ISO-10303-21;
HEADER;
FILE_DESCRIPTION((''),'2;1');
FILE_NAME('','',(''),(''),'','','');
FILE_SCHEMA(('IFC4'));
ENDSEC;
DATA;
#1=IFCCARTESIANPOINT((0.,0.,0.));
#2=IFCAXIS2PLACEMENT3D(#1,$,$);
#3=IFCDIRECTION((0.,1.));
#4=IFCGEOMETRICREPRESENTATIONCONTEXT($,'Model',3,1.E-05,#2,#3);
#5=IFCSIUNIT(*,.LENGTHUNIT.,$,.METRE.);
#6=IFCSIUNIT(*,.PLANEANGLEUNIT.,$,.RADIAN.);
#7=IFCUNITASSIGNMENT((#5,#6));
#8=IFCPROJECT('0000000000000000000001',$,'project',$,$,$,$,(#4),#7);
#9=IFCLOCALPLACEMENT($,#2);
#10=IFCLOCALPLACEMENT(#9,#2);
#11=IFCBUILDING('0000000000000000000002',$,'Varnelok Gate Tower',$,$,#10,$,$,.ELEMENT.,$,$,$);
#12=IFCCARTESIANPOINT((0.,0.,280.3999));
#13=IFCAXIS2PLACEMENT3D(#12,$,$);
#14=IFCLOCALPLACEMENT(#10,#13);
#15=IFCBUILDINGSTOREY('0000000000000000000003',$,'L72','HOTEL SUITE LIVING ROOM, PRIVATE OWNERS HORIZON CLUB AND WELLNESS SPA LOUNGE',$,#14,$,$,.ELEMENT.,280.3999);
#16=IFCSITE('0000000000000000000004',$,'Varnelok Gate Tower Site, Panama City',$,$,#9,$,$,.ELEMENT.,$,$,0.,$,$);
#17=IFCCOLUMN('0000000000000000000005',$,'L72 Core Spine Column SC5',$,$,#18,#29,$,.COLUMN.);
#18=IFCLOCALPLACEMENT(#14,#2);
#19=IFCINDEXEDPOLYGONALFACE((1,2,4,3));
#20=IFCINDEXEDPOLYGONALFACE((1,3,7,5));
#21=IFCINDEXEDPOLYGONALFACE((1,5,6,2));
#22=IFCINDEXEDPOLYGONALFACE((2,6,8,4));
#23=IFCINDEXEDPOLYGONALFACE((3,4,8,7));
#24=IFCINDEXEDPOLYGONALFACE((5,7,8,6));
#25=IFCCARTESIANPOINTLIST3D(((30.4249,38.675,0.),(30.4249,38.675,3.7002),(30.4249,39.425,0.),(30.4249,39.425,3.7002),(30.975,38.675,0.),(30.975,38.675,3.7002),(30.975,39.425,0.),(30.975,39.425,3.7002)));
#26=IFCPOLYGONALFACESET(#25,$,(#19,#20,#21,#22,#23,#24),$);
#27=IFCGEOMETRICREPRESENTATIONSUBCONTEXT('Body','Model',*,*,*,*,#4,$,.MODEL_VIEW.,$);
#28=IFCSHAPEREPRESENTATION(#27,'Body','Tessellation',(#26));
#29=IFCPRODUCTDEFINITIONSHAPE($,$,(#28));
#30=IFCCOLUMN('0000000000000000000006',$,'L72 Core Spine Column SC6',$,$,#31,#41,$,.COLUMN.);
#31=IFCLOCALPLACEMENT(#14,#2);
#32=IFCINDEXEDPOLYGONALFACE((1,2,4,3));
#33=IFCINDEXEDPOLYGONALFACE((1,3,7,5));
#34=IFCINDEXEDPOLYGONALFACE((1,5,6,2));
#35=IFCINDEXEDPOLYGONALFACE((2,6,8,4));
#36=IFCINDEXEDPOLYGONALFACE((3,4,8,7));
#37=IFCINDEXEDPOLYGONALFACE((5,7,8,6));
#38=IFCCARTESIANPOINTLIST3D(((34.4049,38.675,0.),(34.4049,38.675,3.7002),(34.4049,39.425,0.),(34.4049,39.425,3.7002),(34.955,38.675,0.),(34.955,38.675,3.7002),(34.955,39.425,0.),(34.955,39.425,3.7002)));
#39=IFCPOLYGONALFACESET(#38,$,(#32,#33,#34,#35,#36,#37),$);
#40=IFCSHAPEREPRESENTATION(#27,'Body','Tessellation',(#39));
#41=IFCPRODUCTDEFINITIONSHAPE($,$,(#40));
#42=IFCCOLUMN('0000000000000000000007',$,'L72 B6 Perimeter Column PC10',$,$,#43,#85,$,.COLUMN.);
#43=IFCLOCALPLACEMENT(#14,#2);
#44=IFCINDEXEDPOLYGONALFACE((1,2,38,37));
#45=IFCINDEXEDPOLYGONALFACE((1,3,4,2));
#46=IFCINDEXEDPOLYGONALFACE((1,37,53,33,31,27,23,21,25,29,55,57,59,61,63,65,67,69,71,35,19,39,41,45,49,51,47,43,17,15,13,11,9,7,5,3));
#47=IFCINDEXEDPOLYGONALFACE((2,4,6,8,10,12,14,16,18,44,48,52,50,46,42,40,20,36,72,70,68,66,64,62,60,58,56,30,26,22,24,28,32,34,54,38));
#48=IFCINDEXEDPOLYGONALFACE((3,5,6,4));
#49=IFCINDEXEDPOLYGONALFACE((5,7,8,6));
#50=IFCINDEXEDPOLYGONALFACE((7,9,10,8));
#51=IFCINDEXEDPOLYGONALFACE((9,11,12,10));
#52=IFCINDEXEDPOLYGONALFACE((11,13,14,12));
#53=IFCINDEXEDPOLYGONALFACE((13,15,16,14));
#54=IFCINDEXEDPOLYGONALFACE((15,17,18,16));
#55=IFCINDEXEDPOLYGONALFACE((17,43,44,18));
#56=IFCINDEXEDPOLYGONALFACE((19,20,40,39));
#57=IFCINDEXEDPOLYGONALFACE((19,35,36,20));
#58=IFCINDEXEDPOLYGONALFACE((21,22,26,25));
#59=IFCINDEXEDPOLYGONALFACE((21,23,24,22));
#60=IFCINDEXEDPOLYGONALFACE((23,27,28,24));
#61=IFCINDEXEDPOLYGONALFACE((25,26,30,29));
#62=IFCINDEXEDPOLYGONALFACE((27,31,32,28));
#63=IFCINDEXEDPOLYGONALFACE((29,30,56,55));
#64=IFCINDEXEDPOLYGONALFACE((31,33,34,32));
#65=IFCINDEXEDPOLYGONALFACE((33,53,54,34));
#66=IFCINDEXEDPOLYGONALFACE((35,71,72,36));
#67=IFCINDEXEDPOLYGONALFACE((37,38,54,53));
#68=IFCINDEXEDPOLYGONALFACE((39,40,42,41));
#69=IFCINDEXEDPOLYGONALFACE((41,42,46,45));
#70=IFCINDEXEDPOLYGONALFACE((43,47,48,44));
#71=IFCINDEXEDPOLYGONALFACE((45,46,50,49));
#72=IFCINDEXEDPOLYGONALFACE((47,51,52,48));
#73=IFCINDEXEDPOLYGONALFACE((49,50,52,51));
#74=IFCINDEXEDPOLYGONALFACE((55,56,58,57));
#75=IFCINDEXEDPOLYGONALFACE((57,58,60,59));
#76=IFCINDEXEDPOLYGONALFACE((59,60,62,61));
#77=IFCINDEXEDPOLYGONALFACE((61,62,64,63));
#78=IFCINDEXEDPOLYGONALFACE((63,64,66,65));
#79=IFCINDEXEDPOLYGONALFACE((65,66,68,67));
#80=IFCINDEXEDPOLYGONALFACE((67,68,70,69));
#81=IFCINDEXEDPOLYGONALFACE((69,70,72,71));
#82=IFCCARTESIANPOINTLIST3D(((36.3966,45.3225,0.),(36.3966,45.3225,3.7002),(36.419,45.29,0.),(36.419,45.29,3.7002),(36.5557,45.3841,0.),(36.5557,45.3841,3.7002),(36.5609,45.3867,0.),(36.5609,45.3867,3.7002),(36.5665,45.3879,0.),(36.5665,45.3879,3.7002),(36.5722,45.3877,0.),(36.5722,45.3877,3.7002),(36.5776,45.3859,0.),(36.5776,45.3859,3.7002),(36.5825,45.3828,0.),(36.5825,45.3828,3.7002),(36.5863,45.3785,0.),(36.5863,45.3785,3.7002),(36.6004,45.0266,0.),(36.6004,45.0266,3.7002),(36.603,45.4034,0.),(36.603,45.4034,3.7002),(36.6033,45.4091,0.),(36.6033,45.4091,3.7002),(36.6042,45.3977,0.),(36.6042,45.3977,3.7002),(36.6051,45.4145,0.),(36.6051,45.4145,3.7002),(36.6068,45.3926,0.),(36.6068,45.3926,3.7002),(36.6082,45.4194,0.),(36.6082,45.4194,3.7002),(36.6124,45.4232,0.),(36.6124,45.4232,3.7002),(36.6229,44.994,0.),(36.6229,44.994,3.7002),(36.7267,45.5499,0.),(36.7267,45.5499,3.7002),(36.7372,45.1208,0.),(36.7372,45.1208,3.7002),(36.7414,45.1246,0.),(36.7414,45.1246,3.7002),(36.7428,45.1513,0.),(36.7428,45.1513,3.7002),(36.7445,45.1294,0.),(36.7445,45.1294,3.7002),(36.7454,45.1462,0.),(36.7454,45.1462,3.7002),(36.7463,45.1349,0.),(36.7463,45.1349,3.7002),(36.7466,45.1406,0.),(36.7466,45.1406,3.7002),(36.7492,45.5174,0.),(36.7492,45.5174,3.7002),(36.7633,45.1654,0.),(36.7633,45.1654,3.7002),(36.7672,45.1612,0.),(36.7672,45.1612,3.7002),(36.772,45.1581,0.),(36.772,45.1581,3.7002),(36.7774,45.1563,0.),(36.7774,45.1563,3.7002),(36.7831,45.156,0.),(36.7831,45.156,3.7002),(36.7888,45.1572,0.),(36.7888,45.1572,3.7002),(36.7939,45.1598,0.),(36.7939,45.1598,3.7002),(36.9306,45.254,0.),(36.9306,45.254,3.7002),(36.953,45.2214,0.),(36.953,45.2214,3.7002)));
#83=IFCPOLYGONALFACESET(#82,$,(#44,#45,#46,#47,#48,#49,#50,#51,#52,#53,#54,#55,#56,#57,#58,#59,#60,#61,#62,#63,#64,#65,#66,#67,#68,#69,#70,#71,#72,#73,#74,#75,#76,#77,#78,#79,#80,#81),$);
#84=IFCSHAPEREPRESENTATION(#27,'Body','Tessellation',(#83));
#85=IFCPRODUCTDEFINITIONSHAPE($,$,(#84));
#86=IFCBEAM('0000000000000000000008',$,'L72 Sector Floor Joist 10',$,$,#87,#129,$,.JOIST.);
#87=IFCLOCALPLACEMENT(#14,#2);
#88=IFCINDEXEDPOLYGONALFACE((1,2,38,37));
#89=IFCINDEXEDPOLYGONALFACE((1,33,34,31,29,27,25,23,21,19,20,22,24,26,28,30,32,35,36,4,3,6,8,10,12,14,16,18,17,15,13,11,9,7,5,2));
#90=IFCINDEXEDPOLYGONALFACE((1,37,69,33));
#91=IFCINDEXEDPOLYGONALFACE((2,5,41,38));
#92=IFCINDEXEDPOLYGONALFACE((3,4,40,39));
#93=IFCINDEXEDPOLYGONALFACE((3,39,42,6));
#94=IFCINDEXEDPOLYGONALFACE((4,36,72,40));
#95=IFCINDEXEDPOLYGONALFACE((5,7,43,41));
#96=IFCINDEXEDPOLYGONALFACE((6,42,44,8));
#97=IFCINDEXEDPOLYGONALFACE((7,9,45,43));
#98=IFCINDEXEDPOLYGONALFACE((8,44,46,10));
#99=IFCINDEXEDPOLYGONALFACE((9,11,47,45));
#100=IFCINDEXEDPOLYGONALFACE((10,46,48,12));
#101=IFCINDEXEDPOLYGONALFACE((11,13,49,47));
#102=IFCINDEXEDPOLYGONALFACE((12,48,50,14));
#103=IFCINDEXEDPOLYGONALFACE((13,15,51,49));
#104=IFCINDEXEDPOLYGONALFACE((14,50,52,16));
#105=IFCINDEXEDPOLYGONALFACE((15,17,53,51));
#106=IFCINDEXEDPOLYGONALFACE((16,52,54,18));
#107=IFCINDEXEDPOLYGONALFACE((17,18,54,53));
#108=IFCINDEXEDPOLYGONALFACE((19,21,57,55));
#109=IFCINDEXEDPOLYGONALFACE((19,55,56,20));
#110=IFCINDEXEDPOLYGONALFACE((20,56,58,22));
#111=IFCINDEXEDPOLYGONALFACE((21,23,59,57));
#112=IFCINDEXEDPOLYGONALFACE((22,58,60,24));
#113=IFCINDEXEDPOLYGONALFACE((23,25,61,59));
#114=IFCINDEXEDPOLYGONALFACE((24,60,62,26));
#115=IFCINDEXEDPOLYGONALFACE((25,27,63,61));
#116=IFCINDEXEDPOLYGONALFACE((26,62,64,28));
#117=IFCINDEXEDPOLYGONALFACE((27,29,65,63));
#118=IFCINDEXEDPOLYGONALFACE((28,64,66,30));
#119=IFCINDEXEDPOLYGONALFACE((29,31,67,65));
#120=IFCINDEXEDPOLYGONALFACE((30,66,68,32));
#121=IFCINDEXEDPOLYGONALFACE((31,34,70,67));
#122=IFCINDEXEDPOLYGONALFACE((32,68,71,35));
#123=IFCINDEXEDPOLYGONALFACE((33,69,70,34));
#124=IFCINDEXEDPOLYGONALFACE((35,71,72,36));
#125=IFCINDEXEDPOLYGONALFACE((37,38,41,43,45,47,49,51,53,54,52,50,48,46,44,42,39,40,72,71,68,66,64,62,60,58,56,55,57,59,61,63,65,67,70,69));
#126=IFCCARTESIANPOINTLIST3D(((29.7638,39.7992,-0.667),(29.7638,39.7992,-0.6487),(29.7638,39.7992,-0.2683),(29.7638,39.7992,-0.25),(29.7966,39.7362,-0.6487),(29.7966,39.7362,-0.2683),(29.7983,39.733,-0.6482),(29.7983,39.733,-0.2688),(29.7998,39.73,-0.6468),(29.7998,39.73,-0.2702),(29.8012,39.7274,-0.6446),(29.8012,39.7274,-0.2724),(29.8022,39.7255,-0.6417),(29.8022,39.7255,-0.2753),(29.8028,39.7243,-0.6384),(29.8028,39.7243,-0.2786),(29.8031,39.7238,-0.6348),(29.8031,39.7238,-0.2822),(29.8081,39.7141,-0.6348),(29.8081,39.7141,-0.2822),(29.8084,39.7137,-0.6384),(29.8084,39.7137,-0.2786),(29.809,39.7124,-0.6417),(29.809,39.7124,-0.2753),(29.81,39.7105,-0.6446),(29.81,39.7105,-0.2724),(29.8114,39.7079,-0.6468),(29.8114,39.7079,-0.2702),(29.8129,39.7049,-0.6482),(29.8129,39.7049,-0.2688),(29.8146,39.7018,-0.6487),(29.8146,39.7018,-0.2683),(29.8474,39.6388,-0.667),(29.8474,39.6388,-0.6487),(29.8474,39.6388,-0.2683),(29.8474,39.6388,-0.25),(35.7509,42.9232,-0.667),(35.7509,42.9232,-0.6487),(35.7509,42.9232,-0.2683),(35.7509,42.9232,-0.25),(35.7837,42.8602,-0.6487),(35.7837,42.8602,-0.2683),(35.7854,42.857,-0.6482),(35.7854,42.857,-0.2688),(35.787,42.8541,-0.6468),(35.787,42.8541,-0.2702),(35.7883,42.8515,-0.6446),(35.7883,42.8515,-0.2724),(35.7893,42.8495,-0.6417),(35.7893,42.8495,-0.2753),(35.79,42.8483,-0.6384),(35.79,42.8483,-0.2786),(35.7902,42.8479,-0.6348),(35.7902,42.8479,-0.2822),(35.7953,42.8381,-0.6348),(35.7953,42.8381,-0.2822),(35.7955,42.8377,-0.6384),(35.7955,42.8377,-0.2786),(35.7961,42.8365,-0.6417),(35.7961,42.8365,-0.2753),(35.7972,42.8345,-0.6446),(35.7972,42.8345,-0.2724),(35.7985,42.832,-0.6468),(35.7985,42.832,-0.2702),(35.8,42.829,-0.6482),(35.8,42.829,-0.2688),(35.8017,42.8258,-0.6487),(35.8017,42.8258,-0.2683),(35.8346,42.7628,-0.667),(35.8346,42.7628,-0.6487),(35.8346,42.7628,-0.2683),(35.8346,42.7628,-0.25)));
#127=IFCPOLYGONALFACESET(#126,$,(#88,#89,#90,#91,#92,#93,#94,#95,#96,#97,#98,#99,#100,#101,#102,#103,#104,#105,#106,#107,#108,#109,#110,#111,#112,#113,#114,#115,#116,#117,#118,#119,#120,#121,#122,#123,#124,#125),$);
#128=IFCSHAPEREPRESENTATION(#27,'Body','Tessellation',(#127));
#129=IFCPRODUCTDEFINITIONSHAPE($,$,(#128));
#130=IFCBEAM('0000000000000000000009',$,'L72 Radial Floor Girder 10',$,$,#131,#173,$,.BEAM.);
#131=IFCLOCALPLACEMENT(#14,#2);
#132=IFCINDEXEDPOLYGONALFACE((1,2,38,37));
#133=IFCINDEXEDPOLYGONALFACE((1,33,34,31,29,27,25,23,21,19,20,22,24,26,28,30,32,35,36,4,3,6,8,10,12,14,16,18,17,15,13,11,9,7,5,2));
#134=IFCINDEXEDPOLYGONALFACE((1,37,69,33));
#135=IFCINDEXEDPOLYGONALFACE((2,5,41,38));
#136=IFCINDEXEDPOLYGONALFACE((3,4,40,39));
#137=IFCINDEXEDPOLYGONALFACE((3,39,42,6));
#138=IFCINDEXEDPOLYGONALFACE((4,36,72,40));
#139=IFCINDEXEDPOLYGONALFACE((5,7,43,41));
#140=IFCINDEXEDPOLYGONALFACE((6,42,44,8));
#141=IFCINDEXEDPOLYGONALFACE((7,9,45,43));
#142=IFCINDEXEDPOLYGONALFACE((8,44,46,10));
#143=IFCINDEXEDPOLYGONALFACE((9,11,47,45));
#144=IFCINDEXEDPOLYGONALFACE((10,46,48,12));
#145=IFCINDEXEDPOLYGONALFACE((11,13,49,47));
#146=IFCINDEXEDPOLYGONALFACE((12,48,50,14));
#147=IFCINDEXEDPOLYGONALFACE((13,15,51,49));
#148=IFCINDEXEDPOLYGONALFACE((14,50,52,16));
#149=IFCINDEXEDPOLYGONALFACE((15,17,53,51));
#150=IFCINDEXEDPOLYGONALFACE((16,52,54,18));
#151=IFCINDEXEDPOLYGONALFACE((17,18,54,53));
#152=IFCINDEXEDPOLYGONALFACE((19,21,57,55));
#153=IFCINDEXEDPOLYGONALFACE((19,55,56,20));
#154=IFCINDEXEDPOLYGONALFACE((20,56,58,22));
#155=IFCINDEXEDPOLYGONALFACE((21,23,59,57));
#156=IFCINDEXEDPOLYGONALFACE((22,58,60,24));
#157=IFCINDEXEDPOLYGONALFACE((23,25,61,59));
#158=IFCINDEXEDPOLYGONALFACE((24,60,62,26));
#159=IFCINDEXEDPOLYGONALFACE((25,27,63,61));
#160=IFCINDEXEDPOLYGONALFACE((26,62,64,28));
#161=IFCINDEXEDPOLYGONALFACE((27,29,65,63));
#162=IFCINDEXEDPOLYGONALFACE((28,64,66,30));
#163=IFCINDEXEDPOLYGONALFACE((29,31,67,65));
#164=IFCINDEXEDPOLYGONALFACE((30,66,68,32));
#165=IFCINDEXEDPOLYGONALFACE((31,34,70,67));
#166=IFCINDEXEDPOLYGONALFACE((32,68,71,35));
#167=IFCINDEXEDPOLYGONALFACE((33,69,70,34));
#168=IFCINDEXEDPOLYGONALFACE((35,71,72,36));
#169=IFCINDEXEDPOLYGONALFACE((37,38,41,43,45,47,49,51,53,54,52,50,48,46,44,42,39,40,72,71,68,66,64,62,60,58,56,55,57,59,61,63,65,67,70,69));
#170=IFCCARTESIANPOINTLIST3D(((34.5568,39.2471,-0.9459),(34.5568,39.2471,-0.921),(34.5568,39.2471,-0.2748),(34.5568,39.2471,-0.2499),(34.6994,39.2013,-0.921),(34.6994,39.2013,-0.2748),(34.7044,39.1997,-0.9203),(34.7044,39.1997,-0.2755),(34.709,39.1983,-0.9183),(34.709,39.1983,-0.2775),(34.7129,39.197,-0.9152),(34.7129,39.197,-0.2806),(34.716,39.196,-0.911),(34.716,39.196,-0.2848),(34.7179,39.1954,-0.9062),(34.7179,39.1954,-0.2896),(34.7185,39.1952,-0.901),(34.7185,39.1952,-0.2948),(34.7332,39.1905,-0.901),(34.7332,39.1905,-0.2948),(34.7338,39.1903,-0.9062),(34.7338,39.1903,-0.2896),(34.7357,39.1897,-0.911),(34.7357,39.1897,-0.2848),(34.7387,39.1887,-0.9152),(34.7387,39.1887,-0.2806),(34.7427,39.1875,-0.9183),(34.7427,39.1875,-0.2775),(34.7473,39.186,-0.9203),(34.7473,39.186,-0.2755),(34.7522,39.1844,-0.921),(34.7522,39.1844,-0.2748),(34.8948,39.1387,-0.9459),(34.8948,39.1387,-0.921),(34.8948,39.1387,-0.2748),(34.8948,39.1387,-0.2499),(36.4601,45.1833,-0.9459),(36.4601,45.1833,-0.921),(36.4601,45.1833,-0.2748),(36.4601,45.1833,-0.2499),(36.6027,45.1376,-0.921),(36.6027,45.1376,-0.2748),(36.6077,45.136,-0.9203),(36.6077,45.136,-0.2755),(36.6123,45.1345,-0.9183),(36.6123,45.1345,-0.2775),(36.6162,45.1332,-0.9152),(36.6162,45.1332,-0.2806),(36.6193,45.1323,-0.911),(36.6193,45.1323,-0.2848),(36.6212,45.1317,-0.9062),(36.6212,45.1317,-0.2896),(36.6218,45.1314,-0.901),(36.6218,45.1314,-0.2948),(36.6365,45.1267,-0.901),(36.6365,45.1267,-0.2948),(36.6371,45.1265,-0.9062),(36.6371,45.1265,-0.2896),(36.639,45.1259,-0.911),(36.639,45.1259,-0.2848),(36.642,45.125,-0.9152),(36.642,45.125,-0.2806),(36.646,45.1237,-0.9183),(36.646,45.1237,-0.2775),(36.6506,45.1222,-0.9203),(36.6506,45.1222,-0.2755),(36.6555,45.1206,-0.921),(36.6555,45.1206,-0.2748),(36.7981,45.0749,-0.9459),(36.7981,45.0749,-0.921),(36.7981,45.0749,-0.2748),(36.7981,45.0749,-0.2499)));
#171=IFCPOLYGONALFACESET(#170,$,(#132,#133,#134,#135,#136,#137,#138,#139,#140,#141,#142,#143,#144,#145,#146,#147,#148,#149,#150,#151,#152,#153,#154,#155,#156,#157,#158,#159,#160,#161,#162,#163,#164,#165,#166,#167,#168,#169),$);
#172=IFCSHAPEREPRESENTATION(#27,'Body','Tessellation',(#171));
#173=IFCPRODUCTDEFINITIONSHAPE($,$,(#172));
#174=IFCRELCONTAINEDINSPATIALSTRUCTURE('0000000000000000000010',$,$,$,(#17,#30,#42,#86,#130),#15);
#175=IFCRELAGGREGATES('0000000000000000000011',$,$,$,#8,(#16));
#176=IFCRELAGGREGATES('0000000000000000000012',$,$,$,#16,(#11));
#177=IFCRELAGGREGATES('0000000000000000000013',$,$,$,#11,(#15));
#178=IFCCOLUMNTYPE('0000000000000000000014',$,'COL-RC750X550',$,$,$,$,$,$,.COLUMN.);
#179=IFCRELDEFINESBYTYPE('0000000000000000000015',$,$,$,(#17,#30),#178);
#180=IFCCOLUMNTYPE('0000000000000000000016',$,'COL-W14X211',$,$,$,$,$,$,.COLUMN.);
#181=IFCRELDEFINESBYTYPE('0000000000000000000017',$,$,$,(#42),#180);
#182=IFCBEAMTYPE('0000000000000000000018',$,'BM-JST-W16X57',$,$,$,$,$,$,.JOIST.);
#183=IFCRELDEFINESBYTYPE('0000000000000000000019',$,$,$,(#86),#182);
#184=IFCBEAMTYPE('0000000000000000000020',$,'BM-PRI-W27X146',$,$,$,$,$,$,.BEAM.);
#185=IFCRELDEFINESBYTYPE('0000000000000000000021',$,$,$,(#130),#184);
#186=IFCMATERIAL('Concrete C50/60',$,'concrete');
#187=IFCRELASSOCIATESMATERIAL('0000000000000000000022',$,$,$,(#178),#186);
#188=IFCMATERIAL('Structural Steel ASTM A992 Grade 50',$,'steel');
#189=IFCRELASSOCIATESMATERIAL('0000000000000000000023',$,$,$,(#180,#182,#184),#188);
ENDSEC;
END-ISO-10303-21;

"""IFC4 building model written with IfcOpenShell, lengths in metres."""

from ifc_helpers import new_model, si_unit, direction, frame, origin, origin_2d, place, context, subcontext, project, spatial, rectangle, i_section, extrude, material, material_profile, profile_set, type_object, element, save


model = new_model("IFC4")

# Units and contexts
model_context = context("Model", 3, precision=1e-05, world=origin(), true_north=direction((0.0, 1.0)))
body_context = subcontext(model_context, "Body", "Model", "MODEL_VIEW")
ifc_project = project(units=[si_unit("LENGTHUNIT", "METRE"), si_unit("PLANEANGLEUNIT", "RADIAN")], contexts=[model_context])

# Site, building, storey
site_placement = place(None, origin())
site = spatial("IfcSite", under=ifc_project, at=site_placement, Name="Varnelok Gate Tower Site, Panama City", CompositionType="ELEMENT", RefElevation=0.0)
building_placement = place(site_placement, origin())
building = spatial("IfcBuilding", under=site, at=building_placement, Name="Varnelok Gate Tower", CompositionType="ELEMENT")
storey_placement = place(building_placement, frame((0.0, 0.0, 280.3999)))
storey = spatial("IfcBuildingStorey", under=building, at=storey_placement, Name="L72", Description="HOTEL SUITE LIVING ROOM, PRIVATE OWNERS HORIZON CLUB AND WELLNESS SPA LOUNGE", CompositionType="ELEMENT", Elevation=280.3999)

# Columns
ifc_material_1 = material(Name="Concrete C50/60", Category="concrete")
ifc_material_profile_1 = material_profile(ifc_material_1, rectangle(XDim=0.55, YDim=0.75, at=origin_2d()), Name="RC750X550")
ifc_profile_set_1 = profile_set([ifc_material_profile_1], Name="Concrete C50/60")
column_type_1 = type_object("IfcColumnType", Name="COL-RC750X550", PredefinedType="COLUMN", material=ifc_profile_set_1)
for number, where, z_axis, x_axis, name in (
    (1, (30.7, 39.05, 0.0), (0.0, 0.0, 1.0), (1.0, 0.0, 0.0), "L72 Core Spine Column SC5"),
    (2, (34.6799, 39.05, 0.0), (0.0, 0.0, 1.0), (1.0, 0.0, 0.0), "L72 Core Spine Column SC6"),
):
    element("IfcColumn", number, at=place(storey_placement, frame(where, z_axis=z_axis, x_axis=x_axis)), inside=storey, type_object=column_type_1, Name=name, PredefinedType="COLUMN", context=body_context, shape_type="SweptSolid", body=[
        extrude(rectangle(XDim=0.55, YDim=0.75, at=origin_2d()), origin(), (0.0, 0.0, 1.0), 3.7002),
    ])
ifc_material_2 = material(Name="Structural Steel ASTM A992 Grade 50", Category="steel")
ifc_material_profile_2 = material_profile(ifc_material_2, i_section(OverallWidth=0.4009, OverallDepth=0.3989, WebThickness=0.0249, FlangeThickness=0.0396, FilletRadius=0.022, at=origin_2d()), Name="W14X211")
ifc_profile_set_2 = profile_set([ifc_material_profile_2], Name="Structural Steel ASTM A992 Grade 50")
column_type_2 = type_object("IfcColumnType", Name="COL-W14X211", PredefinedType="COLUMN", material=ifc_profile_set_2)
column_placement = place(storey_placement, frame((36.6748, 45.272, 0.0), z_axis=(0.0, 0.0, 1.0), x_axis=(0.823533, 0.567269, 0.0)))
element("IfcColumn", 3, at=column_placement, inside=storey, type_object=column_type_2, Name="L72 B6 Perimeter Column PC10", PredefinedType="COLUMN", context=body_context, shape_type="SweptSolid", body=[
    extrude(i_section(OverallWidth=0.4009, OverallDepth=0.3989, WebThickness=0.0249, FlangeThickness=0.0396, FilletRadius=0.022, at=origin_2d()), origin(), (0.0, 0.0, 1.0), 3.7002),
])

# Beams
ifc_material_profile_3 = material_profile(ifc_material_2, i_section(OverallWidth=0.1809, OverallDepth=0.417, WebThickness=0.011, FlangeThickness=0.0183, FilletRadius=0.0139, at=origin_2d()), Name="W16X57")
ifc_profile_set_3 = profile_set([ifc_material_profile_3], Name="Structural Steel ASTM A992 Grade 50")
beam_type_1 = type_object("IfcBeamType", Name="BM-JST-W16X57", PredefinedType="JOIST", material=ifc_profile_set_3)
beam_1_placement = place(storey_placement, frame((35.7927, 42.843, -0.4585), z_axis=(-0.886564, -0.462606, 0.0), x_axis=(0.462606, -0.886564, 0.0)))
element("IfcBeam", 4, at=beam_1_placement, inside=storey, type_object=beam_type_1, Name="L72 Sector Floor Joist 10", PredefinedType="JOIST", context=body_context, shape_type="SweptSolid", body=[
    extrude(i_section(OverallWidth=0.1809, OverallDepth=0.417, WebThickness=0.011, FlangeThickness=0.0183, FilletRadius=0.0139, at=origin_2d()), origin(), (0.0, 0.0, 1.0), 6.7532),
])
ifc_material_profile_4 = material_profile(ifc_material_2, i_section(OverallWidth=0.355, OverallDepth=0.696, WebThickness=0.0154, FlangeThickness=0.0249, FilletRadius=0.02, at=origin_2d()), Name="W27X146")
ifc_profile_set_4 = profile_set([ifc_material_profile_4], Name="Structural Steel ASTM A992 Grade 50")
beam_type_2 = type_object("IfcBeamType", Name="BM-PRI-W27X146", PredefinedType="BEAM", material=ifc_profile_set_4)
beam_2_placement = place(storey_placement, frame((34.7258, 39.1929, -0.5979), z_axis=(0.305316, 0.952251, 0.0), x_axis=(-0.952251, 0.305316, 0.0)))
element("IfcBeam", 5, at=beam_2_placement, inside=storey, type_object=beam_type_2, Name="L72 Radial Floor Girder 10", PredefinedType="BEAM", context=body_context, shape_type="SweptSolid", body=[
    extrude(i_section(OverallWidth=0.355, OverallDepth=0.696, WebThickness=0.0154, FlangeThickness=0.0249, FilletRadius=0.02, at=origin_2d()), origin(), (0.0, 0.0, 1.0), 6.2339),
])

save(model, "model.ifc")
